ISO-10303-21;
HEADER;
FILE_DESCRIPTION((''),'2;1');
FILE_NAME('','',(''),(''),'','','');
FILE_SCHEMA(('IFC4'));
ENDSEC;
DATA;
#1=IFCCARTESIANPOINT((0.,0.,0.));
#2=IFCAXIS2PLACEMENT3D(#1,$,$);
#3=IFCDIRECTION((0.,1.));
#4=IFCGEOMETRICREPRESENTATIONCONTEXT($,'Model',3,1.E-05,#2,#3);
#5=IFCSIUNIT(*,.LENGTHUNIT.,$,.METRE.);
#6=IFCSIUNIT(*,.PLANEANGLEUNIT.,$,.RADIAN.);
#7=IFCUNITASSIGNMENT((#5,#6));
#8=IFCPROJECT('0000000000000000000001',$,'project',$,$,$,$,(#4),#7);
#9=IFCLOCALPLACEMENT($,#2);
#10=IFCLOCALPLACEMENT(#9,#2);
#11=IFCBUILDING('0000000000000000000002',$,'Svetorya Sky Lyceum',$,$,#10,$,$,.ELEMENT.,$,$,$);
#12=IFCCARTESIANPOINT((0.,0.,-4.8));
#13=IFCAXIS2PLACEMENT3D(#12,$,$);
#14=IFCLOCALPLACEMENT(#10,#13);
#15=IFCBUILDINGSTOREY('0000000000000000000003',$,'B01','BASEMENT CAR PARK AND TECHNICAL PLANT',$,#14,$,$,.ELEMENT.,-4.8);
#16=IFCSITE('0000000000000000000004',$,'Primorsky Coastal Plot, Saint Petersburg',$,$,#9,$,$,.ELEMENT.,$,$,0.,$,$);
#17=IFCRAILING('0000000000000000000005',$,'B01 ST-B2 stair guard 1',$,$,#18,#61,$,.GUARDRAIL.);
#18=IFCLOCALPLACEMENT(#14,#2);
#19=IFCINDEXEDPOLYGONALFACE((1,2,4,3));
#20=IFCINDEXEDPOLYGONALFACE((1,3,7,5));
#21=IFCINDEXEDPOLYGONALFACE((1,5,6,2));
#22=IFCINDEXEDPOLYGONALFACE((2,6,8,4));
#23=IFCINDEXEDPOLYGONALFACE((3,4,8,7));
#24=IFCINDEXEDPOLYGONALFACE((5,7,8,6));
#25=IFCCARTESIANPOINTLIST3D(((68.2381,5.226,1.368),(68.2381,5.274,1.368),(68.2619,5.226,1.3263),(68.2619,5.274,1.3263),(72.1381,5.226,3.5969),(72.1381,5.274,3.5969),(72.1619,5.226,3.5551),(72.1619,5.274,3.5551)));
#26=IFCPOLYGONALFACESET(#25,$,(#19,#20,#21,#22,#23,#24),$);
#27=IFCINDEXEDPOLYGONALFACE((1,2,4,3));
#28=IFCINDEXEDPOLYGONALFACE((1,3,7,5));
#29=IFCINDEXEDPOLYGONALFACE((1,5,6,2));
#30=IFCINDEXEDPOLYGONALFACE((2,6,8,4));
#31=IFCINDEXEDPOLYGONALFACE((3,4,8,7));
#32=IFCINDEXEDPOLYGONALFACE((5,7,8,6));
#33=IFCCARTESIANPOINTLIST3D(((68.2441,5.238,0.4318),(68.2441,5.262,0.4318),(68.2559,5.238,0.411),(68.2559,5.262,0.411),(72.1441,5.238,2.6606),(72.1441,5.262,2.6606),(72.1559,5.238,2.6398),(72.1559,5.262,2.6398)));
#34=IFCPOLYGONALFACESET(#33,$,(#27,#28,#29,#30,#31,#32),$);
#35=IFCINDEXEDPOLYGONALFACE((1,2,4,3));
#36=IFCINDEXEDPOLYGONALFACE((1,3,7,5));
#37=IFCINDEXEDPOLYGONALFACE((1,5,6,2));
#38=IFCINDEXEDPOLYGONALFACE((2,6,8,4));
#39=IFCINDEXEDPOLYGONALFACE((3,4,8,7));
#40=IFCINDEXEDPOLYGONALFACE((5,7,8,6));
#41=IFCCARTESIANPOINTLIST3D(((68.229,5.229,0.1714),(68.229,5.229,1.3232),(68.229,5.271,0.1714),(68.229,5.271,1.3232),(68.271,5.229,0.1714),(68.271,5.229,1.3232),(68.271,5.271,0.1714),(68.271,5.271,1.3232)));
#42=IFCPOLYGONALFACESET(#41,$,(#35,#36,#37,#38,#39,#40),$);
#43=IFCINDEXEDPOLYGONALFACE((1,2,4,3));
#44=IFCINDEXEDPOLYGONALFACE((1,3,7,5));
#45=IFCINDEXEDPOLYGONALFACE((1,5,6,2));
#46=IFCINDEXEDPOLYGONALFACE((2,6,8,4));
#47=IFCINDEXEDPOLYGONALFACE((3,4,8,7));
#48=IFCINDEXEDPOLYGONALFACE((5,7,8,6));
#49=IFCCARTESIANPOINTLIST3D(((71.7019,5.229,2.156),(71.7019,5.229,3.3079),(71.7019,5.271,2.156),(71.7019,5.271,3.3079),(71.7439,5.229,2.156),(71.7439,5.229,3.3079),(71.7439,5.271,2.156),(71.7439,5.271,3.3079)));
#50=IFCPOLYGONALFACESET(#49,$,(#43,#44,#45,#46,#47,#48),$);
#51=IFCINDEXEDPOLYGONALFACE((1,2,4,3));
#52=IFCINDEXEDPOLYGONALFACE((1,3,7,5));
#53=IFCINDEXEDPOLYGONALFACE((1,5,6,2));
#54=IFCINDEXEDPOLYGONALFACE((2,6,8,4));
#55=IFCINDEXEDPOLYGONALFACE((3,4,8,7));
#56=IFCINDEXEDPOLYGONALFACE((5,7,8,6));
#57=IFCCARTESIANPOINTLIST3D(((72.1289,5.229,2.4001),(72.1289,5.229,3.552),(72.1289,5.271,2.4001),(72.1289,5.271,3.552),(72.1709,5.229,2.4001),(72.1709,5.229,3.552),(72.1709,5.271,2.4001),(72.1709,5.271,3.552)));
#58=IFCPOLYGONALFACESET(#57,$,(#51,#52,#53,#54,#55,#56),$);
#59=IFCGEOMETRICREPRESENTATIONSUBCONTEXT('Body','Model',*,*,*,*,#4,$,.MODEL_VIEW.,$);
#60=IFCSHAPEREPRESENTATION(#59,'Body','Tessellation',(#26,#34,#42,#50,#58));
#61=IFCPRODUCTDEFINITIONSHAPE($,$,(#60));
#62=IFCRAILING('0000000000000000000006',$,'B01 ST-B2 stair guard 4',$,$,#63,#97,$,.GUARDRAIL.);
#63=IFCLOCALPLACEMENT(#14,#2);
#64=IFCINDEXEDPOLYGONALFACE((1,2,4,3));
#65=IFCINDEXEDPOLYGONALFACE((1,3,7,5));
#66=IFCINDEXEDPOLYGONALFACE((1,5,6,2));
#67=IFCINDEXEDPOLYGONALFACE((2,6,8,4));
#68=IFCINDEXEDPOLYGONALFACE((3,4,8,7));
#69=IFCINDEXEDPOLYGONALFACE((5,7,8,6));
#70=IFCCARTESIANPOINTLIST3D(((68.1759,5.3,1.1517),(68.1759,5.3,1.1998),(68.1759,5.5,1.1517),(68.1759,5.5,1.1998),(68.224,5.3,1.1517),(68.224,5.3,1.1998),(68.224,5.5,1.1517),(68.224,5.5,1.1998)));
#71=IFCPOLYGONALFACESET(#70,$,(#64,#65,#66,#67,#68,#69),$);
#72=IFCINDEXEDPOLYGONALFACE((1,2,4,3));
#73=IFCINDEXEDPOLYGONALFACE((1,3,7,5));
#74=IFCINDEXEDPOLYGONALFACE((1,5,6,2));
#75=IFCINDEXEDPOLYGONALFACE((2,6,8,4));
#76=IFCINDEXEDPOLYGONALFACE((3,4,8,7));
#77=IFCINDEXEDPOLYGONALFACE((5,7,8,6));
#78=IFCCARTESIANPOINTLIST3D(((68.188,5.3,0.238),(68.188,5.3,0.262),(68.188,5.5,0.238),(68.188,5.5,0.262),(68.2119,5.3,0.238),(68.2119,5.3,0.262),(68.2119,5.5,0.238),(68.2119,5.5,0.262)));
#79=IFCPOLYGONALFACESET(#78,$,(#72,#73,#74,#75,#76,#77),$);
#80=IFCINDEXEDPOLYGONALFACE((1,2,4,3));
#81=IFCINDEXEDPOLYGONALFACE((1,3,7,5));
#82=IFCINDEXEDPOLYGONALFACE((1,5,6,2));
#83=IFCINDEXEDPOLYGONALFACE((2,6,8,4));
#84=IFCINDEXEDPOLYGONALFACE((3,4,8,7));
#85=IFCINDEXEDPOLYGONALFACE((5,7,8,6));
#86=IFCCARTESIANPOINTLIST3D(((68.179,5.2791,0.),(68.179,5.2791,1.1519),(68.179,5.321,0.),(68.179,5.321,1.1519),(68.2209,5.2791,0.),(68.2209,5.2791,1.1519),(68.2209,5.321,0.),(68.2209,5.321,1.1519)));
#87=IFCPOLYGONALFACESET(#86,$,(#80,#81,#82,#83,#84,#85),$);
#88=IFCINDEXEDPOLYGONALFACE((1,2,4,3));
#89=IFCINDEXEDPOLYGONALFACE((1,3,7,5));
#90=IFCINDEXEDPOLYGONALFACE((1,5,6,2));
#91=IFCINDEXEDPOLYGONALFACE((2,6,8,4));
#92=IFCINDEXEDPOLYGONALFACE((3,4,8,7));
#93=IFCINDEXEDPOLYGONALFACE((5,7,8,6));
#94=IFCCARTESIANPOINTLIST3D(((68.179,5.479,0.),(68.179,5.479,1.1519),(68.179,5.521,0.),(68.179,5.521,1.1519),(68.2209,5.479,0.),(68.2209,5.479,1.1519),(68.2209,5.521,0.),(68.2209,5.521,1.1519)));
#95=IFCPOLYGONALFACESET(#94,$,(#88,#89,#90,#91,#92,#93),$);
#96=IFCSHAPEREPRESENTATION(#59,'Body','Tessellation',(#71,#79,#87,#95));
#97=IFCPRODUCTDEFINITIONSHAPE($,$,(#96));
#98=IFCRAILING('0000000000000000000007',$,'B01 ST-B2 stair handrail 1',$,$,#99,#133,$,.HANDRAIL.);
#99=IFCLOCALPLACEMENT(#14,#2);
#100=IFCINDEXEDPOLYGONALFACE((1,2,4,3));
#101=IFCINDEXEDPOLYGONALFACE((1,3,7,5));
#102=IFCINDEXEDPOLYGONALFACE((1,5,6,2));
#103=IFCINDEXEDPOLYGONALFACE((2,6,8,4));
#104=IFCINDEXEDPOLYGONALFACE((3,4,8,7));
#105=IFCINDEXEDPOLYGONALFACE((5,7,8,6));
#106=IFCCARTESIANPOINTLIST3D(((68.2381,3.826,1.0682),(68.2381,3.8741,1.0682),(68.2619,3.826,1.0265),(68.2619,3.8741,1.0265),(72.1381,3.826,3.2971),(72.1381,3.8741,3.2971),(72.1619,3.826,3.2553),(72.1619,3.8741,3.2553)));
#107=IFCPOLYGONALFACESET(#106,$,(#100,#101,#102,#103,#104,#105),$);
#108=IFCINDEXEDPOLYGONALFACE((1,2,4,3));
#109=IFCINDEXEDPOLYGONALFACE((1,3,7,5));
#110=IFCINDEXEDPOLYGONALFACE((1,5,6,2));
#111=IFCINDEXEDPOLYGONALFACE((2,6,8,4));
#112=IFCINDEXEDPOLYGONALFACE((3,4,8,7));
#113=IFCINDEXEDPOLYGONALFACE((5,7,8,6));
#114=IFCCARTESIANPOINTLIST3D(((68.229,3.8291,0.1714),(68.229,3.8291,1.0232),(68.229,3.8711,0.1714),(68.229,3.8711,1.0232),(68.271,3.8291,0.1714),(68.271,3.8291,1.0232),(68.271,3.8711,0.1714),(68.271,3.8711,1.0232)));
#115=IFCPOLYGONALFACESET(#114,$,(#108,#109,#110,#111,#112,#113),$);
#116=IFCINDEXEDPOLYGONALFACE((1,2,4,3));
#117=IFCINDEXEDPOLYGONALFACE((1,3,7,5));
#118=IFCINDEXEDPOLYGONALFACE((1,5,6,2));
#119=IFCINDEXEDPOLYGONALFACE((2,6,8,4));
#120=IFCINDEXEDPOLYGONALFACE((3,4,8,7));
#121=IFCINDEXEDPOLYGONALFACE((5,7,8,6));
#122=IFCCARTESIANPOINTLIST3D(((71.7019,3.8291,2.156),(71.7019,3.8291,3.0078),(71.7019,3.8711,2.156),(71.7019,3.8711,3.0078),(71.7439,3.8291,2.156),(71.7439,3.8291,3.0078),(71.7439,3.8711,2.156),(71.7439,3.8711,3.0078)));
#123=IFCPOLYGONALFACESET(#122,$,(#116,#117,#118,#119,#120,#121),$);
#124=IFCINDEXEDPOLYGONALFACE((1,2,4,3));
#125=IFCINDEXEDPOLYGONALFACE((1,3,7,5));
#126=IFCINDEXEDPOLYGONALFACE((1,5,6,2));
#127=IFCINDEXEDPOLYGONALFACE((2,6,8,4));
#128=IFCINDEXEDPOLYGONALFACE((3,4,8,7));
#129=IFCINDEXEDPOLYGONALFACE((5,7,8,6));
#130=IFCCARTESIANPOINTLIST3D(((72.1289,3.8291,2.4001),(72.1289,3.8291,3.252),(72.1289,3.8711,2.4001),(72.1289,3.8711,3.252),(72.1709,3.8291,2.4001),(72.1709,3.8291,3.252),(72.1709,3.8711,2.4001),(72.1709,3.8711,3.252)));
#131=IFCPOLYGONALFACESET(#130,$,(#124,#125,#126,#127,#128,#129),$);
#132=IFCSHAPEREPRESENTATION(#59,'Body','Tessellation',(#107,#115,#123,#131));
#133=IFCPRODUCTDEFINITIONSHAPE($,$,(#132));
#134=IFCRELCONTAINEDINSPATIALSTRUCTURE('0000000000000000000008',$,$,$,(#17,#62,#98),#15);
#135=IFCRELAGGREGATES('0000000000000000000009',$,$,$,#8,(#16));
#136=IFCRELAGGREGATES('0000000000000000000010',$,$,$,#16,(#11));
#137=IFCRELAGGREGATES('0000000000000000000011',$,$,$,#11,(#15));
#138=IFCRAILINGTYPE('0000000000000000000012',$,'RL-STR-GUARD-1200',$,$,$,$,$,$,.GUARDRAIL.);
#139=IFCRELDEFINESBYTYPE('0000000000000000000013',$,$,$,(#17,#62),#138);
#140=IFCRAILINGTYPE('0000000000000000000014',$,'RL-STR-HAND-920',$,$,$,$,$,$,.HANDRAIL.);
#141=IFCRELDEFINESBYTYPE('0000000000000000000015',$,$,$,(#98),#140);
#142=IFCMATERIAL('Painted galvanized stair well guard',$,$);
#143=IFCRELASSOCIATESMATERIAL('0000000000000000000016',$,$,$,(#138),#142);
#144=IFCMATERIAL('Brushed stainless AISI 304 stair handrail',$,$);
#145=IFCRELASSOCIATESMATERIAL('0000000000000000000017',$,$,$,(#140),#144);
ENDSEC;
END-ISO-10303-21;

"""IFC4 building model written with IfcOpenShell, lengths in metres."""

from ifc_helpers import new_model, si_unit, direction, frame, origin, origin_2d, place, context, subcontext, project, spatial, rectangle, extrude, material, type_object, element, save


model = new_model("IFC4")

# Units and contexts
model_context = context("Model", 3, precision=1e-05, world=origin(), true_north=direction((0.0, 1.0)))
body_context = subcontext(model_context, "Body", "Model", "MODEL_VIEW")
ifc_project = project(units=[si_unit("LENGTHUNIT", "METRE"), si_unit("PLANEANGLEUNIT", "RADIAN")], contexts=[model_context])

# Site, building, storey
site_placement = place(None, origin())
site = spatial("IfcSite", under=ifc_project, at=site_placement, Name="Primorsky Coastal Plot, Saint Petersburg", CompositionType="ELEMENT", RefElevation=0.0)
building_placement = place(site_placement, origin())
building = spatial("IfcBuilding", under=site, at=building_placement, Name="Svetorya Sky Lyceum", CompositionType="ELEMENT")
storey_placement = place(building_placement, frame((0.0, 0.0, -4.8)))
storey = spatial("IfcBuildingStorey", under=building, at=storey_placement, Name="B01", Description="BASEMENT CAR PARK AND TECHNICAL PLANT", CompositionType="ELEMENT", Elevation=-4.8)

# Railings
ifc_material_1 = material(Name="Painted galvanized stair well guard")
railing_type_1 = type_object("IfcRailingType", Name="RL-STR-GUARD-1200", PredefinedType="GUARDRAIL", material=ifc_material_1)
railing_1_placement = place(storey_placement, frame((68.25, 5.25, 0.1714)))
element("IfcRailing", 1, at=railing_1_placement, inside=storey, type_object=railing_type_1, Name="B01 ST-B2 stair guard 1", PredefinedType="GUARDRAIL", context=body_context, shape_type="SweptSolid", body=[
    extrude(rectangle(XDim=0.0481, YDim=0.0481, at=origin_2d()), frame((0.0, 0.0, 1.1758), z_axis=(0.86822, 0.0, 0.49618), x_axis=(0.0, 1.0, 0.0)), (0.0, 0.0, 1.0), 4.4919),
    extrude(rectangle(XDim=0.0239, YDim=0.0239, at=origin_2d()), frame((0.0, 0.0, 0.25), z_axis=(0.86822, 0.0, 0.49618), x_axis=(0.0, 1.0, 0.0)), (0.0, 0.0, 1.0), 4.4919),
    extrude(rectangle(XDim=0.042, YDim=0.042, at=origin_2d()), origin(), (0.0, 0.0, 1.0), 1.1519),
    extrude(rectangle(XDim=0.042, YDim=0.042, at=origin_2d()), frame((3.4729, 0.0, 1.9846)), (0.0, 0.0, 1.0), 1.1519),
    extrude(rectangle(XDim=0.042, YDim=0.042, at=origin_2d()), frame((3.8999, 0.0, 2.2288)), (0.0, 0.0, 1.0), 1.1519),
])
railing_2_placement = place(storey_placement, frame((68.2, 5.3, 0.0)))
element("IfcRailing", 2, at=railing_2_placement, inside=storey, type_object=railing_type_1, Name="B01 ST-B2 stair guard 4", PredefinedType="GUARDRAIL", context=body_context, shape_type="SweptSolid", body=[
    extrude(rectangle(XDim=0.0481, YDim=0.0481, at=origin_2d()), frame((0.0, 0.0, 1.1758), z_axis=(0.0, 1.0, 0.0), x_axis=(-1.0, 0.0, 0.0)), (0.0, 0.0, 1.0), 0.2),
    extrude(rectangle(XDim=0.0239, YDim=0.0239, at=origin_2d()), frame((0.0, 0.0, 0.25), z_axis=(0.0, 1.0, 0.0), x_axis=(-1.0, 0.0, 0.0)), (0.0, 0.0, 1.0), 0.2),
    extrude(rectangle(XDim=0.042, YDim=0.042, at=origin_2d()), origin(), (0.0, 0.0, 1.0), 1.1519),
    extrude(rectangle(XDim=0.042, YDim=0.042, at=origin_2d()), frame((0.0, 0.2, 0.0)), (0.0, 0.0, 1.0), 1.1519),
])
ifc_material_2 = material(Name="Brushed stainless AISI 304 stair handrail")
railing_type_2 = type_object("IfcRailingType", Name="RL-STR-HAND-920", PredefinedType="HANDRAIL", material=ifc_material_2)
railing_3_placement = place(storey_placement, frame((68.25, 3.8501, 0.1714)))
element("IfcRailing", 3, at=railing_3_placement, inside=storey, type_object=railing_type_2, Name="B01 ST-B2 stair handrail 1", PredefinedType="HANDRAIL", context=body_context, shape_type="SweptSolid", body=[
    extrude(rectangle(XDim=0.0481, YDim=0.0481, at=origin_2d()), frame((0.0, 0.0, 0.876), z_axis=(0.86822, 0.0, 0.49618), x_axis=(0.0, 1.0, 0.0)), (0.0, 0.0, 1.0), 4.4919),
    extrude(rectangle(XDim=0.042, YDim=0.042, at=origin_2d()), origin(), (0.0, 0.0, 1.0), 0.8518),
    extrude(rectangle(XDim=0.042, YDim=0.042, at=origin_2d()), frame((3.4729, 0.0, 1.9846)), (0.0, 0.0, 1.0), 0.8518),
    extrude(rectangle(XDim=0.042, YDim=0.042, at=origin_2d()), frame((3.8999, 0.0, 2.2288)), (0.0, 0.0, 1.0), 0.8518),
])

save(model, "model.ifc")
